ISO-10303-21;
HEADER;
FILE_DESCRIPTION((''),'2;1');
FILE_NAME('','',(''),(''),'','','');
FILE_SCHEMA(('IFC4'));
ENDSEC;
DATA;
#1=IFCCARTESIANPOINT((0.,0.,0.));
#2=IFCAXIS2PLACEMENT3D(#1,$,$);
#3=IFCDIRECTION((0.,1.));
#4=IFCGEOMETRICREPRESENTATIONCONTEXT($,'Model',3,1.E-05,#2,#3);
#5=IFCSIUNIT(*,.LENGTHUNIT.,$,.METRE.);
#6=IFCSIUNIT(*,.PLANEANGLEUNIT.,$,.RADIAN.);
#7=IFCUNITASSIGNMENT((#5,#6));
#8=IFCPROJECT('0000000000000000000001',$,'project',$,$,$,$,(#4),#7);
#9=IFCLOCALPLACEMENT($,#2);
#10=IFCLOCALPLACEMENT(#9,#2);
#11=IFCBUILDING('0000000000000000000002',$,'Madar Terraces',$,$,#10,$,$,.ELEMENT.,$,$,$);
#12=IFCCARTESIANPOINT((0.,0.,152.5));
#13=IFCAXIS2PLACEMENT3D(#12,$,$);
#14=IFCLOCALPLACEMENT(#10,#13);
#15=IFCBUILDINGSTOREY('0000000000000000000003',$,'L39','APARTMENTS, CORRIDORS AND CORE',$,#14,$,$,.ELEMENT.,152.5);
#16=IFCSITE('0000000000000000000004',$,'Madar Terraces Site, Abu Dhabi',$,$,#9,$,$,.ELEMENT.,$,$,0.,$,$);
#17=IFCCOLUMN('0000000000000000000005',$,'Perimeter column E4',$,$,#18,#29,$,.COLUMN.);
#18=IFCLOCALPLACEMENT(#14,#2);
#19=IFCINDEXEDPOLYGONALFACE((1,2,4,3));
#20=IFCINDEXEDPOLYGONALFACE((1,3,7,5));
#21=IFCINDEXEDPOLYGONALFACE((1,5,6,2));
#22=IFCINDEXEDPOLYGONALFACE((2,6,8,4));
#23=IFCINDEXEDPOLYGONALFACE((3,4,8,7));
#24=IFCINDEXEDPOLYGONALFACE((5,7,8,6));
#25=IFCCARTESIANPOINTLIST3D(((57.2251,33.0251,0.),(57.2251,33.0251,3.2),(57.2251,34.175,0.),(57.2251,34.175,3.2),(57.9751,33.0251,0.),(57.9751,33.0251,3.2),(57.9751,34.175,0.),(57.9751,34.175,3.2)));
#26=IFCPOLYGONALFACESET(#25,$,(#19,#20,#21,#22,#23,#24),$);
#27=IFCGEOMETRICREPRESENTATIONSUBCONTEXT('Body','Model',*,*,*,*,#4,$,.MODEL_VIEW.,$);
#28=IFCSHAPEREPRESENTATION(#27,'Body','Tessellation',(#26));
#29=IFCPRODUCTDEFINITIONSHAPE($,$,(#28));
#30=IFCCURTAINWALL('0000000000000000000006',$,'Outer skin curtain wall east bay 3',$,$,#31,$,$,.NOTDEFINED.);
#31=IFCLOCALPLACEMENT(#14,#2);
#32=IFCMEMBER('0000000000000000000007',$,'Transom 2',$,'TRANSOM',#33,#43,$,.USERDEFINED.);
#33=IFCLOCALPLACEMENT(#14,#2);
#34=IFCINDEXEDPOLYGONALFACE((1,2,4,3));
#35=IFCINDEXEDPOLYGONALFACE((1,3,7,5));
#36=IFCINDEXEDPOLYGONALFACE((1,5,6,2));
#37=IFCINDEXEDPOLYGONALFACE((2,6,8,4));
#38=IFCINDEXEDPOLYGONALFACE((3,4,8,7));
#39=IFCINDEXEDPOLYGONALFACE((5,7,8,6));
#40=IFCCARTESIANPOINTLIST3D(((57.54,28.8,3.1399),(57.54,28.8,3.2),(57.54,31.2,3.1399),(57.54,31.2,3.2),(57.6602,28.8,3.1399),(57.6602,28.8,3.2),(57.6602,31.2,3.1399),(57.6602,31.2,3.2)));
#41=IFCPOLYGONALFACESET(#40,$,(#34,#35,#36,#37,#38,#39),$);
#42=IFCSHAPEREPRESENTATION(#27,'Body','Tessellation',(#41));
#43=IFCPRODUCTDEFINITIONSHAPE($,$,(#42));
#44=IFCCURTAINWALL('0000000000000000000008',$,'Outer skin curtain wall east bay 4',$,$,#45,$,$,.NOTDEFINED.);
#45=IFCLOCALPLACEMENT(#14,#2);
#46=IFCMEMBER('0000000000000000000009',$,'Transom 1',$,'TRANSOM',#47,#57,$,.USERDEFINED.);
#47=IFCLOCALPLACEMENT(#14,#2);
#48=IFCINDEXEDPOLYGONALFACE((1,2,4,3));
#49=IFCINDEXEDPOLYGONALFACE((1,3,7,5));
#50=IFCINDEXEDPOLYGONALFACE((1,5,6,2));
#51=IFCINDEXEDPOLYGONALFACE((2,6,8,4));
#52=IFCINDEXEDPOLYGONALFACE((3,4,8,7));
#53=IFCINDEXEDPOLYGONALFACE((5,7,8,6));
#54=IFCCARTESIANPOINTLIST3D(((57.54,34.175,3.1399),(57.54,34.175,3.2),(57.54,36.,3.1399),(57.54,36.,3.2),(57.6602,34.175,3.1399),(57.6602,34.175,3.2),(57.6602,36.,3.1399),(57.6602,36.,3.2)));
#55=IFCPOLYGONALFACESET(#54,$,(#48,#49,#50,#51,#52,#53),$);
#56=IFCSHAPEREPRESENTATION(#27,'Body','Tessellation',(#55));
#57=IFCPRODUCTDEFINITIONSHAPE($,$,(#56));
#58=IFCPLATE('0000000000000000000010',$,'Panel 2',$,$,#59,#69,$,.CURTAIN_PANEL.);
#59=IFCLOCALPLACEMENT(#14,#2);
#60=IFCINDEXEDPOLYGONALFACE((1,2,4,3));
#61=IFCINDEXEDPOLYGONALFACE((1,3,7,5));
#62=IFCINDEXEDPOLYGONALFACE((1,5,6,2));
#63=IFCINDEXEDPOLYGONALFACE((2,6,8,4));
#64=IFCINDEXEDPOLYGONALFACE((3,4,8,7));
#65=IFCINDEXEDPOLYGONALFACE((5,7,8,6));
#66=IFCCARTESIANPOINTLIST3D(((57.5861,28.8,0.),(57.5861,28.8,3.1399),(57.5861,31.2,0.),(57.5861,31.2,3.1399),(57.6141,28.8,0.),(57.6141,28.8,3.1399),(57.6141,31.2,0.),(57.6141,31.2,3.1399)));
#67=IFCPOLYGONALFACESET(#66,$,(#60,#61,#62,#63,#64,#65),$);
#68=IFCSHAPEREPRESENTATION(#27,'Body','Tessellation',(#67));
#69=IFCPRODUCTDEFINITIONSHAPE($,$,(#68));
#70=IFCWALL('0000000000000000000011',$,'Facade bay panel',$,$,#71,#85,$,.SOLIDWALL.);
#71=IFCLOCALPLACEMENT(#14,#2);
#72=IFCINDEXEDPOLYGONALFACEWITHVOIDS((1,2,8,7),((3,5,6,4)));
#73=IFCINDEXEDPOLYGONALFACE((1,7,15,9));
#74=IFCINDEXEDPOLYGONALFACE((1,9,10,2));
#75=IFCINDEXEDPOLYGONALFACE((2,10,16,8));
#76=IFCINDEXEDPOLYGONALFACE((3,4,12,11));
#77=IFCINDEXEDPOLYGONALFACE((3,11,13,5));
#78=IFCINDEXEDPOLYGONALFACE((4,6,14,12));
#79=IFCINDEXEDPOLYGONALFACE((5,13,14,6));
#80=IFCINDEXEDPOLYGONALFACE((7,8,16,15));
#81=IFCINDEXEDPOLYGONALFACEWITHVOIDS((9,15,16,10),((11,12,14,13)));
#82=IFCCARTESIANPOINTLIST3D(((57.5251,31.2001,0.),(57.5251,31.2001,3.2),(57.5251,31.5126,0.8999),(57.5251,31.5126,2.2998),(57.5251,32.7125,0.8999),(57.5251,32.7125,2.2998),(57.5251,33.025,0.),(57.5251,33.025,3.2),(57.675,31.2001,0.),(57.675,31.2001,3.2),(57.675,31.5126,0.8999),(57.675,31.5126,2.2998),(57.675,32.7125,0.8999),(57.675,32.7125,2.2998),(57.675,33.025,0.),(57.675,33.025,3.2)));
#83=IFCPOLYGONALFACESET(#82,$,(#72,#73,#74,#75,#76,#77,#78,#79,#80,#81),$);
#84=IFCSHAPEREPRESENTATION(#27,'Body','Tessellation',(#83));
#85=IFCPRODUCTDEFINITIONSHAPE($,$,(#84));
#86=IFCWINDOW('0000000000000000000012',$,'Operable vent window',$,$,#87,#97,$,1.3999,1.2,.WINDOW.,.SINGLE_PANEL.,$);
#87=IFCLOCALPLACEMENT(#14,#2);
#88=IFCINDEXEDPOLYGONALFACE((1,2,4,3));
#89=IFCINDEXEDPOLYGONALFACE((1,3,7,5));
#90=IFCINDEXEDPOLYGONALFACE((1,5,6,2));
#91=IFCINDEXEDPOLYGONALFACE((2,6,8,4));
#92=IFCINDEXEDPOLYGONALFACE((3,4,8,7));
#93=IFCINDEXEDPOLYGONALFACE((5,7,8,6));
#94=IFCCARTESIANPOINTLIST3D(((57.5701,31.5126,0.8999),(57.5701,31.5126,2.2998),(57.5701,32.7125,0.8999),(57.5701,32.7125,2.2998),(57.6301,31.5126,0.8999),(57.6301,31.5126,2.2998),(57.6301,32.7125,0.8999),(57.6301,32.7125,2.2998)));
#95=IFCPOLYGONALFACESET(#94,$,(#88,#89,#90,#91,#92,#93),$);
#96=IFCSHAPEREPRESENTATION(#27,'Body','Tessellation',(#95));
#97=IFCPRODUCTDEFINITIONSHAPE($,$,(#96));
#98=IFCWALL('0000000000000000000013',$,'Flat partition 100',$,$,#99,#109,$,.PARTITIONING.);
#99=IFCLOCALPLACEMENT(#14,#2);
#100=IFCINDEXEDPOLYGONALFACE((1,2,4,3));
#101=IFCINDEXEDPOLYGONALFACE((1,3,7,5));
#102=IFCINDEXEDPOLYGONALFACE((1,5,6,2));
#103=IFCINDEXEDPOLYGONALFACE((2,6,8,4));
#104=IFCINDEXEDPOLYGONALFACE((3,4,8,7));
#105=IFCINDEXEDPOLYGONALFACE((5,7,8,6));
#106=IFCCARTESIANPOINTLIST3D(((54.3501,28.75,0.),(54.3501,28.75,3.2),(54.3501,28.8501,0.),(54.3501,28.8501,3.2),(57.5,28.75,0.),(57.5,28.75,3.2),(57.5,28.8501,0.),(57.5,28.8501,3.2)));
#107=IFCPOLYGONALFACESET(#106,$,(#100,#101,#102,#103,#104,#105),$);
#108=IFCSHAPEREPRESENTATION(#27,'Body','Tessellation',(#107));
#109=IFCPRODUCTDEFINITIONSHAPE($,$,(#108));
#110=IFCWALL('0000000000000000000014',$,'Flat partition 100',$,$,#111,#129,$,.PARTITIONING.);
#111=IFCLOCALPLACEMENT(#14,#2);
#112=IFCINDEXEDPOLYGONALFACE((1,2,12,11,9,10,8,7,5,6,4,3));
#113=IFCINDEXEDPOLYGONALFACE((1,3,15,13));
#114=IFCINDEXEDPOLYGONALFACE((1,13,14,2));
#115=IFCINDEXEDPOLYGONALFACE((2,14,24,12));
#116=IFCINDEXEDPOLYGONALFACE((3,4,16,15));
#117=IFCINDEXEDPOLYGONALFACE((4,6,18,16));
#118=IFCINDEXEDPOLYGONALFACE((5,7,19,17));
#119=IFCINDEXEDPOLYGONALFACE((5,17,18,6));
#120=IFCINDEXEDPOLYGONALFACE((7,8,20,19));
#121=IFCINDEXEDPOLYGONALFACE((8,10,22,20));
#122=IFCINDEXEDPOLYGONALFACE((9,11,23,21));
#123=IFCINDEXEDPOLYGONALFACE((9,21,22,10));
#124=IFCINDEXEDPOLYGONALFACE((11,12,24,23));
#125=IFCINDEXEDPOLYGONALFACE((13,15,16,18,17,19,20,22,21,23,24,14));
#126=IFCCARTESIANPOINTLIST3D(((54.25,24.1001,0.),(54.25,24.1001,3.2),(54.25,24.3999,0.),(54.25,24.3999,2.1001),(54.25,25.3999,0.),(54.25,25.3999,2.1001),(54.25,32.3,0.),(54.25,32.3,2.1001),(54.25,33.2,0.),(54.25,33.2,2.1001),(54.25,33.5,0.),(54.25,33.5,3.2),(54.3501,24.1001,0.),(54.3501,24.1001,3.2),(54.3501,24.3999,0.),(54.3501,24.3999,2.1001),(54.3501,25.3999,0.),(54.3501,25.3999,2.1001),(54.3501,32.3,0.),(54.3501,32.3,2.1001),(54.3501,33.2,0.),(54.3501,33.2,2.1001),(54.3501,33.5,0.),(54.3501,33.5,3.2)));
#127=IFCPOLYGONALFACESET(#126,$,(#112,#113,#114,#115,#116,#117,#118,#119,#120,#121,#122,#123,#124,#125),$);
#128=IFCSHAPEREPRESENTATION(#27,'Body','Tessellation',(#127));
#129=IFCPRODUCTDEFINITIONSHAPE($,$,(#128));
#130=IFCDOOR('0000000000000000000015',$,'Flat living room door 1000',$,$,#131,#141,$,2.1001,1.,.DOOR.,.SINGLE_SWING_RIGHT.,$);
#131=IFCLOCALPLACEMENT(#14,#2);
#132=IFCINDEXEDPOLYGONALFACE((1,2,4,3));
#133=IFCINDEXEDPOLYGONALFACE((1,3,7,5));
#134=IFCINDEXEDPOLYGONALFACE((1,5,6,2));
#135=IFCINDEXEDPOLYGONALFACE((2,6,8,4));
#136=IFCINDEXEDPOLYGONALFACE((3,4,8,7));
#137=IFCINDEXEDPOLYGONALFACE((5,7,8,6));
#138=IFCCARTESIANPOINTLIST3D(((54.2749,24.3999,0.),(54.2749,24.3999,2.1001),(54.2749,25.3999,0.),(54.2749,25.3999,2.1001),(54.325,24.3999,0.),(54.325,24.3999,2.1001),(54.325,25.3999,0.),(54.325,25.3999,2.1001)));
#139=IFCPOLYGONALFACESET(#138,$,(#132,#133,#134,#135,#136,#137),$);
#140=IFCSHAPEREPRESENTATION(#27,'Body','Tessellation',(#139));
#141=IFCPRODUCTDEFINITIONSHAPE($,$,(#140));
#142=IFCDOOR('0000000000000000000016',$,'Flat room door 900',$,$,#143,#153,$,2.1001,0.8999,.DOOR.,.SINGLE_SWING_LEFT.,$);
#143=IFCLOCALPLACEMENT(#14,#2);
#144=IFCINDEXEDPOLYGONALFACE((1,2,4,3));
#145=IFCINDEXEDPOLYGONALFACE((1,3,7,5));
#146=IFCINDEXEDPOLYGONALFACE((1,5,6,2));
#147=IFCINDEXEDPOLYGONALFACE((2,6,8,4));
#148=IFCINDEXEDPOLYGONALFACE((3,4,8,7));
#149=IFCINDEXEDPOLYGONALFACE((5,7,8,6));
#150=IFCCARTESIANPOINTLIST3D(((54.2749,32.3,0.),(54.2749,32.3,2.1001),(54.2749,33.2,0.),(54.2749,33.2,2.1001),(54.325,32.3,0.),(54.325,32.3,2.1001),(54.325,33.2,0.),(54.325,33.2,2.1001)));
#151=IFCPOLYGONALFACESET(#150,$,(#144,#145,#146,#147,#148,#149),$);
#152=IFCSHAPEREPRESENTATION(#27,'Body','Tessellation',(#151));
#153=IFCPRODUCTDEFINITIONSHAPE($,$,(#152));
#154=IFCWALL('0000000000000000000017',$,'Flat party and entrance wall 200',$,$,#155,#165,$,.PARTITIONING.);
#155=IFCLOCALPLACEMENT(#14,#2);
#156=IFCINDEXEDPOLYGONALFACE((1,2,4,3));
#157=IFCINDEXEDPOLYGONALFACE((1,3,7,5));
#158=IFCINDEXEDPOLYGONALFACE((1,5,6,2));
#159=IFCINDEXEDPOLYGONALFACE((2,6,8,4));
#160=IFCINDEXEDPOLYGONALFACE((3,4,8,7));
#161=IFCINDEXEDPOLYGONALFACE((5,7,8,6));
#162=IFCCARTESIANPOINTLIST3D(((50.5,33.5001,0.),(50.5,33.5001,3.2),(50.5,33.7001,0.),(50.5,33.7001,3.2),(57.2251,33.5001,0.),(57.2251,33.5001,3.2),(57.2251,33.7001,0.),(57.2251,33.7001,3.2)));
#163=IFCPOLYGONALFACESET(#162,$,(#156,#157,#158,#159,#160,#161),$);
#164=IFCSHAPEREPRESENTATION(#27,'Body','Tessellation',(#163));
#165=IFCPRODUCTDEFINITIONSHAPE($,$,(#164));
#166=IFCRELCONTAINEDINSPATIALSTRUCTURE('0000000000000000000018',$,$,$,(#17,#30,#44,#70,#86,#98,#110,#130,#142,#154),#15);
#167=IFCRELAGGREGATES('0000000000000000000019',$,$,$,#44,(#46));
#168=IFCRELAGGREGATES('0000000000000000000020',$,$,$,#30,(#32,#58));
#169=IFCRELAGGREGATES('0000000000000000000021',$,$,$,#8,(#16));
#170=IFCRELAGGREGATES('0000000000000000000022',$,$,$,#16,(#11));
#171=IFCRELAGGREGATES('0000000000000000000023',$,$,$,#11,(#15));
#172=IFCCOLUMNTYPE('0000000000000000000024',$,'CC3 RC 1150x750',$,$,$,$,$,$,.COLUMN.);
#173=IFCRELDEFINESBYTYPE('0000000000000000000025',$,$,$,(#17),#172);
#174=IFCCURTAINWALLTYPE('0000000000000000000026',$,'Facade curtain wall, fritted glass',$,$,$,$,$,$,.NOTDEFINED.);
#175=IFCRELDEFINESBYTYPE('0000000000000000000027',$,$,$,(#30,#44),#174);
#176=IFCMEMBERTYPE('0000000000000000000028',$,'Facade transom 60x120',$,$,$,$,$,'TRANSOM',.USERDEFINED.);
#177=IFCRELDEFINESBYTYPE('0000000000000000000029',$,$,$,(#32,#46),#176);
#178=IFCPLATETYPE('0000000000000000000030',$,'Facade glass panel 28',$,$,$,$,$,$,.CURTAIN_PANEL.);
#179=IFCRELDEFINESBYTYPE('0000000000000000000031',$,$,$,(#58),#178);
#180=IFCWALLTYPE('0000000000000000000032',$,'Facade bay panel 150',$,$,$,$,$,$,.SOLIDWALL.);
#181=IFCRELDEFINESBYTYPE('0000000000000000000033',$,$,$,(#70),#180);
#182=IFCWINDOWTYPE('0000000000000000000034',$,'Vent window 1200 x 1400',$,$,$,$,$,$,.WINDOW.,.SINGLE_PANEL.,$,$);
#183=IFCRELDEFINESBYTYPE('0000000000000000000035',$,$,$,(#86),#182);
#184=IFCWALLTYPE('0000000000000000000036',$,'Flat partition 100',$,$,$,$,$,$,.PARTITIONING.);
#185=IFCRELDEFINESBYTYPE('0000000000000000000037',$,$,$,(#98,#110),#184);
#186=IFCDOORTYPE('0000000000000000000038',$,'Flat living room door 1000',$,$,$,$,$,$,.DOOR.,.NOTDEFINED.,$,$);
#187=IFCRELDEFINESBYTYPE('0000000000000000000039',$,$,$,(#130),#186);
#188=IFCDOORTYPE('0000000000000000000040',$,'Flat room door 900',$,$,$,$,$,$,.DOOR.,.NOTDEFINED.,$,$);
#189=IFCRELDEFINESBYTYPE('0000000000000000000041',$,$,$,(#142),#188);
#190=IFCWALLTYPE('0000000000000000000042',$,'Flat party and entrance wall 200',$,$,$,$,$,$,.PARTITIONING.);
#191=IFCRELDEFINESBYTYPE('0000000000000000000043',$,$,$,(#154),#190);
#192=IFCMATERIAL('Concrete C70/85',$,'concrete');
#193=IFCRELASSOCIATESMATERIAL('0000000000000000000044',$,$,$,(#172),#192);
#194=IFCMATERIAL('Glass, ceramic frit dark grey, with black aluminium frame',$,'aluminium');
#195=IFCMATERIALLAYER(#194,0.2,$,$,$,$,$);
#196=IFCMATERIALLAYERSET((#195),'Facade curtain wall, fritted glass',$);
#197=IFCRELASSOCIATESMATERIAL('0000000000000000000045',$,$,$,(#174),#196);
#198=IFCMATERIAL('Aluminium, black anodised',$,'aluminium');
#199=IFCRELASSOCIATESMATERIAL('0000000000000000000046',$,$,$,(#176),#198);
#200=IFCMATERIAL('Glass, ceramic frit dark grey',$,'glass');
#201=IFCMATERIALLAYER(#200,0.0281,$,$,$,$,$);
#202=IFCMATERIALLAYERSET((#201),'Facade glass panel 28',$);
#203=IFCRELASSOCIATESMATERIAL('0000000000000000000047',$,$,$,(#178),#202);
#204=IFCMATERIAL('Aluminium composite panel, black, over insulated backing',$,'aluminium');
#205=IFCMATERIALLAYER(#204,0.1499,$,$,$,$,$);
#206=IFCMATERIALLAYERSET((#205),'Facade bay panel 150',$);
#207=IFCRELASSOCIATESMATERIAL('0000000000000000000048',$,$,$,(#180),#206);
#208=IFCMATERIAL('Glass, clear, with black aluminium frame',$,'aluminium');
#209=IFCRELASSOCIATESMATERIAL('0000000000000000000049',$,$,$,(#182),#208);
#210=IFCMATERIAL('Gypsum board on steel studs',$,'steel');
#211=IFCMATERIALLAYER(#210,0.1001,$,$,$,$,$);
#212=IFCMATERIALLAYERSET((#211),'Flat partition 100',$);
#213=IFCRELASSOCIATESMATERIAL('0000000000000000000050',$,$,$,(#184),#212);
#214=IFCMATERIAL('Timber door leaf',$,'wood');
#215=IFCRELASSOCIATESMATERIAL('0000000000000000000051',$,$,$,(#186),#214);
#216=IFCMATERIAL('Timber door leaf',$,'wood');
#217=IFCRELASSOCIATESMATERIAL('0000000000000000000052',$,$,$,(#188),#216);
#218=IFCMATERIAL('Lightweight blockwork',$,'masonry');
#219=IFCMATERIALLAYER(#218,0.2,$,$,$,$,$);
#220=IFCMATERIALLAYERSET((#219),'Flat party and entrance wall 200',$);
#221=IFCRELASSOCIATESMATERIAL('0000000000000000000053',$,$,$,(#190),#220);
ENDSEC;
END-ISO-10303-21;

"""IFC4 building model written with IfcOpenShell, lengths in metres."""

from ifc_helpers import new_model, si_unit, direction, frame, frame_2d, origin, origin_2d, place, context, subcontext, project, spatial, rectangle, extrude, material, layer, layer_set, material_profile, profile_set, type_object, element, fill, aggregate, save


model = new_model("IFC4")

# Units and contexts
model_context = context("Model", 3, precision=1e-05, world=origin(), true_north=direction((0.0, 1.0)))
body_context = subcontext(model_context, "Body", "Model", "MODEL_VIEW")
ifc_project = project(units=[si_unit("LENGTHUNIT", "METRE"), si_unit("PLANEANGLEUNIT", "RADIAN")], contexts=[model_context])

# Site, building, storey
site_placement = place(None, origin())
site = spatial("IfcSite", under=ifc_project, at=site_placement, Name="Madar Terraces Site, Abu Dhabi", CompositionType="ELEMENT", RefElevation=0.0)
building_placement = place(site_placement, origin())
building = spatial("IfcBuilding", under=site, at=building_placement, Name="Madar Terraces", CompositionType="ELEMENT")
storey_placement = place(building_placement, frame((0.0, 0.0, 152.5)))
storey = spatial("IfcBuildingStorey", under=building, at=storey_placement, Name="L39", Description="APARTMENTS, CORRIDORS AND CORE", CompositionType="ELEMENT", Elevation=152.5)

# Column
ifc_material_1 = material(Name="Concrete C70/85", Category="concrete")
ifc_material_profile_1 = material_profile(ifc_material_1, rectangle(XDim=1.1499, YDim=0.75, at=origin_2d()), Name="CC3 RC 1150x750")
ifc_profile_set_1 = profile_set([ifc_material_profile_1], Name="Concrete C70/85")
column_type = type_object("IfcColumnType", Name="CC3 RC 1150x750", PredefinedType="COLUMN", material=ifc_profile_set_1)
column_placement = place(storey_placement, frame((57.6001, 33.6001, 0.0), z_axis=(0.0, 0.0, 1.0), x_axis=(0.0, 1.0, 0.0)))
element("IfcColumn", 1, at=column_placement, inside=storey, type_object=column_type, Name="Perimeter column E4", PredefinedType="COLUMN", context=body_context, shape_type="SweptSolid", body=[
    extrude(rectangle(XDim=1.1499, YDim=0.75, at=origin_2d()), origin(), (0.0, 0.0, 1.0), 3.2),
])

# Curtain walls, members
ifc_material_2 = material(Name="Glass, ceramic frit dark grey, with black aluminium frame", Category="aluminium")
ifc_layer_1 = layer(ifc_material_2, 0.2)
ifc_layer_set_1 = layer_set([ifc_layer_1], Name="Facade curtain wall, fritted glass")
curtain_wall_type = type_object("IfcCurtainWallType", Name="Facade curtain wall, fritted glass", PredefinedType="NOTDEFINED", material=ifc_layer_set_1)
curtain_wall_1_placement = place(storey_placement, origin())
curtain_wall_1 = element("IfcCurtainWall", 2, at=curtain_wall_1_placement, inside=storey, type_object=curtain_wall_type, Name="Outer skin curtain wall east bay 3", PredefinedType="NOTDEFINED")
ifc_material_3 = material(Name="Aluminium, black anodised", Category="aluminium")
ifc_material_profile_2 = material_profile(ifc_material_3, rectangle(XDim=0.1201, YDim=0.0601, at=origin_2d()), Name="Facade transom 60x120")
ifc_profile_set_2 = profile_set([ifc_material_profile_2], Name="Aluminium, black anodised")
member_type = type_object("IfcMemberType", Name="Facade transom 60x120", ElementType="TRANSOM", PredefinedType="USERDEFINED", material=ifc_profile_set_2)
member_1_placement = place(storey_placement, frame((57.6001, 28.8, 3.1699), z_axis=(0.0, 1.0, 0.0), x_axis=(-1.0, 0.0, 0.0)))
member_1 = element("IfcMember", 3, at=member_1_placement, type_object=member_type, Name="Transom 2", ObjectType="TRANSOM", PredefinedType="USERDEFINED", context=body_context, shape_type="SweptSolid", body=[
    extrude(rectangle(XDim=0.1201, YDim=0.0601, at=origin_2d()), origin(), (0.0, 0.0, 1.0), 2.3999),
])
curtain_wall_2_placement = place(storey_placement, origin())
curtain_wall_2 = element("IfcCurtainWall", 4, at=curtain_wall_2_placement, inside=storey, type_object=curtain_wall_type, Name="Outer skin curtain wall east bay 4", PredefinedType="NOTDEFINED")
member_2_placement = place(storey_placement, frame((57.6001, 34.175, 3.1699), z_axis=(0.0, 1.0, 0.0), x_axis=(-1.0, 0.0, 0.0)))
member_2 = element("IfcMember", 5, at=member_2_placement, type_object=member_type, Name="Transom 1", ObjectType="TRANSOM", PredefinedType="USERDEFINED", context=body_context, shape_type="SweptSolid", body=[
    extrude(rectangle(XDim=0.1201, YDim=0.0601, at=origin_2d()), origin(), (0.0, 0.0, 1.0), 1.825),
])
aggregate(curtain_wall_2, [member_2])

# Plate
ifc_material_4 = material(Name="Glass, ceramic frit dark grey", Category="glass")
ifc_layer_2 = layer(ifc_material_4, 0.0281)
ifc_layer_set_2 = layer_set([ifc_layer_2], Name="Facade glass panel 28")
plate_type = type_object("IfcPlateType", Name="Facade glass panel 28", PredefinedType="CURTAIN_PANEL", material=ifc_layer_set_2)
plate_placement = place(storey_placement, frame((57.6001, 30.0, 0.0), z_axis=(0.0, 0.0, 1.0), x_axis=(0.0, 1.0, 0.0)))
plate = element("IfcPlate", 6, at=plate_placement, type_object=plate_type, Name="Panel 2", PredefinedType="CURTAIN_PANEL", context=body_context, shape_type="SweptSolid", body=[
    extrude(rectangle(XDim=2.3999, YDim=0.0281, at=origin_2d()), origin(), (0.0, 0.0, 1.0), 3.1399),
])
aggregate(curtain_wall_1, [member_1, plate])

# Shared definitions
ifc_material_5 = material(Name="Aluminium composite panel, black, over insulated backing", Category="aluminium")
ifc_layer_3 = layer(ifc_material_5, 0.1499)
ifc_layer_set_3 = layer_set([ifc_layer_3], Name="Facade bay panel 150")
wall_type_1 = type_object("IfcWallType", Name="Facade bay panel 150", PredefinedType="SOLIDWALL", material=ifc_layer_set_3)

# Wall, opening, window
wall_1_placement = place(storey_placement, frame((57.6001, 31.2, 0.0), z_axis=(0.0, 0.0, 1.0), x_axis=(0.0, 1.0, 0.0)))
wall_1 = element("IfcWall", 7, at=wall_1_placement, inside=storey, type_object=wall_type_1, Name="Facade bay panel", PredefinedType="SOLIDWALL", context=body_context, shape_type="SweptSolid", body=[
    extrude(rectangle(XDim=1.825, YDim=0.1499, at=frame_2d((0.9126, 0.0))), origin(), (0.0, 0.0, 1.0), 3.2),
])
opening_1_placement = place(wall_1_placement, frame((0.3125, 0.0, 0.8999)))
opening_1 = element("IfcOpeningElement", 8, at=opening_1_placement, cuts=wall_1, PredefinedType="OPENING", context=body_context, shape_type="SweptSolid", body=[
    extrude(rectangle(XDim=1.2, YDim=1.3999, at=frame_2d((0.6001, 0.7))), frame((0.0, 0.085, 0.0), z_axis=(0.0, -1.0, 0.0), x_axis=(1.0, 0.0, 0.0)), (0.0, 0.0, 1.0), 0.1699),
])
ifc_material_6 = material(Name="Glass, clear, with black aluminium frame", Category="aluminium")
window_type = type_object("IfcWindowType", Name="Vent window 1200 x 1400", PartitioningType="SINGLE_PANEL", PredefinedType="WINDOW", material=ifc_material_6)
window_placement = place(opening_1_placement, origin())
window = element("IfcWindow", 9, at=window_placement, inside=storey, type_object=window_type, Name="Operable vent window", OverallHeight=1.3999, OverallWidth=1.2, PartitioningType="SINGLE_PANEL", PredefinedType="WINDOW", context=body_context, shape_type="SweptSolid", body=[
    extrude(rectangle(XDim=1.2, YDim=1.3999, at=frame_2d((0.6001, 0.7))), frame((0.0, 0.03, 0.0), z_axis=(0.0, -1.0, 0.0), x_axis=(1.0, 0.0, 0.0)), (0.0, 0.0, 1.0), 0.0601),
])
fill(opening_1, window)

# Wall
ifc_material_7 = material(Name="Gypsum board on steel studs", Category="steel")
ifc_layer_4 = layer(ifc_material_7, 0.1001)
ifc_layer_set_4 = layer_set([ifc_layer_4], Name="Flat partition 100")
wall_type_2 = type_object("IfcWallType", Name="Flat partition 100", PredefinedType="PARTITIONING", material=ifc_layer_set_4)
wall_2_placement = place(storey_placement, frame((54.3501, 28.8, 0.0), z_axis=(0.0, 0.0, 1.0), x_axis=(1.0, 0.0, 0.0)))
element("IfcWall", 10, at=wall_2_placement, inside=storey, type_object=wall_type_2, Name="Flat partition 100", PredefinedType="PARTITIONING", context=body_context, shape_type="SweptSolid", body=[
    extrude(rectangle(XDim=3.1499, YDim=0.1001, at=frame_2d((1.575, 0.0))), origin(), (0.0, 0.0, 1.0), 3.2),
])

# Wall, openings, doors
wall_3_placement = place(storey_placement, frame((54.3, 33.5, 0.0), z_axis=(0.0, 0.0, 1.0), x_axis=(0.0, -1.0, 0.0)))
wall_3 = element("IfcWall", 11, at=wall_3_placement, inside=storey, type_object=wall_type_2, Name="Flat partition 100", PredefinedType="PARTITIONING", context=body_context, shape_type="SweptSolid", body=[
    extrude(rectangle(XDim=9.3999, YDim=0.1001, at=frame_2d((4.7, 0.0))), origin(), (0.0, 0.0, 1.0), 3.2),
])
opening_2_placement = place(wall_3_placement, frame((8.1001, 0.0, 0.0)))
opening_2 = element("IfcOpeningElement", 12, at=opening_2_placement, cuts=wall_3, PredefinedType="OPENING", context=body_context, shape_type="SweptSolid", body=[
    extrude(rectangle(XDim=1.0, YDim=2.1001, at=frame_2d((0.5, 1.05))), frame((0.0, 0.0601, 0.0), z_axis=(0.0, -1.0, 0.0), x_axis=(1.0, 0.0, 0.0)), (0.0, 0.0, 1.0), 0.1201),
])
opening_3_placement = place(wall_3_placement, frame((0.3, 0.0, 0.0)))
opening_3 = element("IfcOpeningElement", 13, at=opening_3_placement, cuts=wall_3, PredefinedType="OPENING", context=body_context, shape_type="SweptSolid", body=[
    extrude(rectangle(XDim=0.8999, YDim=2.1001, at=frame_2d((0.45, 1.05))), frame((0.0, 0.0601, 0.0), z_axis=(0.0, -1.0, 0.0), x_axis=(1.0, 0.0, 0.0)), (0.0, 0.0, 1.0), 0.1201),
])
ifc_material_8 = material(Name="Timber door leaf", Category="wood")
door_type_1 = type_object("IfcDoorType", Name="Flat living room door 1000", OperationType="NOTDEFINED", PredefinedType="DOOR", material=ifc_material_8)
door_1_placement = place(opening_2_placement, origin())
door_1 = element("IfcDoor", 14, at=door_1_placement, inside=storey, type_object=door_type_1, Name="Flat living room door 1000", OperationType="SINGLE_SWING_RIGHT", OverallHeight=2.1001, OverallWidth=1.0, PredefinedType="DOOR", context=body_context, shape_type="SweptSolid", body=[
    extrude(rectangle(XDim=1.0, YDim=2.1001, at=frame_2d((0.5, 1.05))), frame((0.0, 0.0249, 0.0), z_axis=(0.0, -1.0, 0.0), x_axis=(1.0, 0.0, 0.0)), (0.0, 0.0, 1.0), 0.05),
])
fill(opening_2, door_1)
ifc_material_9 = material(Name="Timber door leaf", Category="wood")
door_type_2 = type_object("IfcDoorType", Name="Flat room door 900", OperationType="NOTDEFINED", PredefinedType="DOOR", material=ifc_material_9)
door_2_placement = place(opening_3_placement, origin())
door_2 = element("IfcDoor", 15, at=door_2_placement, inside=storey, type_object=door_type_2, Name="Flat room door 900", OperationType="SINGLE_SWING_LEFT", OverallHeight=2.1001, OverallWidth=0.8999, PredefinedType="DOOR", context=body_context, shape_type="SweptSolid", body=[
    extrude(rectangle(XDim=0.8999, YDim=2.1001, at=frame_2d((0.45, 1.05))), frame((0.0, 0.0249, 0.0), z_axis=(0.0, -1.0, 0.0), x_axis=(1.0, 0.0, 0.0)), (0.0, 0.0, 1.0), 0.05),
])
fill(opening_3, door_2)

# Wall
ifc_material_10 = material(Name="Lightweight blockwork", Category="masonry")
ifc_layer_5 = layer(ifc_material_10, 0.2)
ifc_layer_set_5 = layer_set([ifc_layer_5], Name="Flat party and entrance wall 200")
wall_type_3 = type_object("IfcWallType", Name="Flat party and entrance wall 200", PredefinedType="PARTITIONING", material=ifc_layer_set_5)
wall_4_placement = place(storey_placement, frame((50.5, 33.6001, 0.0), z_axis=(0.0, 0.0, 1.0), x_axis=(1.0, 0.0, 0.0)))
element("IfcWall", 16, at=wall_4_placement, inside=storey, type_object=wall_type_3, Name="Flat party and entrance wall 200", PredefinedType="PARTITIONING", context=body_context, shape_type="SweptSolid", body=[
    extrude(rectangle(XDim=6.7251, YDim=0.2, at=frame_2d((3.3625, 0.0))), origin(), (0.0, 0.0, 1.0), 3.2),
])

save(model, "model.ifc")
